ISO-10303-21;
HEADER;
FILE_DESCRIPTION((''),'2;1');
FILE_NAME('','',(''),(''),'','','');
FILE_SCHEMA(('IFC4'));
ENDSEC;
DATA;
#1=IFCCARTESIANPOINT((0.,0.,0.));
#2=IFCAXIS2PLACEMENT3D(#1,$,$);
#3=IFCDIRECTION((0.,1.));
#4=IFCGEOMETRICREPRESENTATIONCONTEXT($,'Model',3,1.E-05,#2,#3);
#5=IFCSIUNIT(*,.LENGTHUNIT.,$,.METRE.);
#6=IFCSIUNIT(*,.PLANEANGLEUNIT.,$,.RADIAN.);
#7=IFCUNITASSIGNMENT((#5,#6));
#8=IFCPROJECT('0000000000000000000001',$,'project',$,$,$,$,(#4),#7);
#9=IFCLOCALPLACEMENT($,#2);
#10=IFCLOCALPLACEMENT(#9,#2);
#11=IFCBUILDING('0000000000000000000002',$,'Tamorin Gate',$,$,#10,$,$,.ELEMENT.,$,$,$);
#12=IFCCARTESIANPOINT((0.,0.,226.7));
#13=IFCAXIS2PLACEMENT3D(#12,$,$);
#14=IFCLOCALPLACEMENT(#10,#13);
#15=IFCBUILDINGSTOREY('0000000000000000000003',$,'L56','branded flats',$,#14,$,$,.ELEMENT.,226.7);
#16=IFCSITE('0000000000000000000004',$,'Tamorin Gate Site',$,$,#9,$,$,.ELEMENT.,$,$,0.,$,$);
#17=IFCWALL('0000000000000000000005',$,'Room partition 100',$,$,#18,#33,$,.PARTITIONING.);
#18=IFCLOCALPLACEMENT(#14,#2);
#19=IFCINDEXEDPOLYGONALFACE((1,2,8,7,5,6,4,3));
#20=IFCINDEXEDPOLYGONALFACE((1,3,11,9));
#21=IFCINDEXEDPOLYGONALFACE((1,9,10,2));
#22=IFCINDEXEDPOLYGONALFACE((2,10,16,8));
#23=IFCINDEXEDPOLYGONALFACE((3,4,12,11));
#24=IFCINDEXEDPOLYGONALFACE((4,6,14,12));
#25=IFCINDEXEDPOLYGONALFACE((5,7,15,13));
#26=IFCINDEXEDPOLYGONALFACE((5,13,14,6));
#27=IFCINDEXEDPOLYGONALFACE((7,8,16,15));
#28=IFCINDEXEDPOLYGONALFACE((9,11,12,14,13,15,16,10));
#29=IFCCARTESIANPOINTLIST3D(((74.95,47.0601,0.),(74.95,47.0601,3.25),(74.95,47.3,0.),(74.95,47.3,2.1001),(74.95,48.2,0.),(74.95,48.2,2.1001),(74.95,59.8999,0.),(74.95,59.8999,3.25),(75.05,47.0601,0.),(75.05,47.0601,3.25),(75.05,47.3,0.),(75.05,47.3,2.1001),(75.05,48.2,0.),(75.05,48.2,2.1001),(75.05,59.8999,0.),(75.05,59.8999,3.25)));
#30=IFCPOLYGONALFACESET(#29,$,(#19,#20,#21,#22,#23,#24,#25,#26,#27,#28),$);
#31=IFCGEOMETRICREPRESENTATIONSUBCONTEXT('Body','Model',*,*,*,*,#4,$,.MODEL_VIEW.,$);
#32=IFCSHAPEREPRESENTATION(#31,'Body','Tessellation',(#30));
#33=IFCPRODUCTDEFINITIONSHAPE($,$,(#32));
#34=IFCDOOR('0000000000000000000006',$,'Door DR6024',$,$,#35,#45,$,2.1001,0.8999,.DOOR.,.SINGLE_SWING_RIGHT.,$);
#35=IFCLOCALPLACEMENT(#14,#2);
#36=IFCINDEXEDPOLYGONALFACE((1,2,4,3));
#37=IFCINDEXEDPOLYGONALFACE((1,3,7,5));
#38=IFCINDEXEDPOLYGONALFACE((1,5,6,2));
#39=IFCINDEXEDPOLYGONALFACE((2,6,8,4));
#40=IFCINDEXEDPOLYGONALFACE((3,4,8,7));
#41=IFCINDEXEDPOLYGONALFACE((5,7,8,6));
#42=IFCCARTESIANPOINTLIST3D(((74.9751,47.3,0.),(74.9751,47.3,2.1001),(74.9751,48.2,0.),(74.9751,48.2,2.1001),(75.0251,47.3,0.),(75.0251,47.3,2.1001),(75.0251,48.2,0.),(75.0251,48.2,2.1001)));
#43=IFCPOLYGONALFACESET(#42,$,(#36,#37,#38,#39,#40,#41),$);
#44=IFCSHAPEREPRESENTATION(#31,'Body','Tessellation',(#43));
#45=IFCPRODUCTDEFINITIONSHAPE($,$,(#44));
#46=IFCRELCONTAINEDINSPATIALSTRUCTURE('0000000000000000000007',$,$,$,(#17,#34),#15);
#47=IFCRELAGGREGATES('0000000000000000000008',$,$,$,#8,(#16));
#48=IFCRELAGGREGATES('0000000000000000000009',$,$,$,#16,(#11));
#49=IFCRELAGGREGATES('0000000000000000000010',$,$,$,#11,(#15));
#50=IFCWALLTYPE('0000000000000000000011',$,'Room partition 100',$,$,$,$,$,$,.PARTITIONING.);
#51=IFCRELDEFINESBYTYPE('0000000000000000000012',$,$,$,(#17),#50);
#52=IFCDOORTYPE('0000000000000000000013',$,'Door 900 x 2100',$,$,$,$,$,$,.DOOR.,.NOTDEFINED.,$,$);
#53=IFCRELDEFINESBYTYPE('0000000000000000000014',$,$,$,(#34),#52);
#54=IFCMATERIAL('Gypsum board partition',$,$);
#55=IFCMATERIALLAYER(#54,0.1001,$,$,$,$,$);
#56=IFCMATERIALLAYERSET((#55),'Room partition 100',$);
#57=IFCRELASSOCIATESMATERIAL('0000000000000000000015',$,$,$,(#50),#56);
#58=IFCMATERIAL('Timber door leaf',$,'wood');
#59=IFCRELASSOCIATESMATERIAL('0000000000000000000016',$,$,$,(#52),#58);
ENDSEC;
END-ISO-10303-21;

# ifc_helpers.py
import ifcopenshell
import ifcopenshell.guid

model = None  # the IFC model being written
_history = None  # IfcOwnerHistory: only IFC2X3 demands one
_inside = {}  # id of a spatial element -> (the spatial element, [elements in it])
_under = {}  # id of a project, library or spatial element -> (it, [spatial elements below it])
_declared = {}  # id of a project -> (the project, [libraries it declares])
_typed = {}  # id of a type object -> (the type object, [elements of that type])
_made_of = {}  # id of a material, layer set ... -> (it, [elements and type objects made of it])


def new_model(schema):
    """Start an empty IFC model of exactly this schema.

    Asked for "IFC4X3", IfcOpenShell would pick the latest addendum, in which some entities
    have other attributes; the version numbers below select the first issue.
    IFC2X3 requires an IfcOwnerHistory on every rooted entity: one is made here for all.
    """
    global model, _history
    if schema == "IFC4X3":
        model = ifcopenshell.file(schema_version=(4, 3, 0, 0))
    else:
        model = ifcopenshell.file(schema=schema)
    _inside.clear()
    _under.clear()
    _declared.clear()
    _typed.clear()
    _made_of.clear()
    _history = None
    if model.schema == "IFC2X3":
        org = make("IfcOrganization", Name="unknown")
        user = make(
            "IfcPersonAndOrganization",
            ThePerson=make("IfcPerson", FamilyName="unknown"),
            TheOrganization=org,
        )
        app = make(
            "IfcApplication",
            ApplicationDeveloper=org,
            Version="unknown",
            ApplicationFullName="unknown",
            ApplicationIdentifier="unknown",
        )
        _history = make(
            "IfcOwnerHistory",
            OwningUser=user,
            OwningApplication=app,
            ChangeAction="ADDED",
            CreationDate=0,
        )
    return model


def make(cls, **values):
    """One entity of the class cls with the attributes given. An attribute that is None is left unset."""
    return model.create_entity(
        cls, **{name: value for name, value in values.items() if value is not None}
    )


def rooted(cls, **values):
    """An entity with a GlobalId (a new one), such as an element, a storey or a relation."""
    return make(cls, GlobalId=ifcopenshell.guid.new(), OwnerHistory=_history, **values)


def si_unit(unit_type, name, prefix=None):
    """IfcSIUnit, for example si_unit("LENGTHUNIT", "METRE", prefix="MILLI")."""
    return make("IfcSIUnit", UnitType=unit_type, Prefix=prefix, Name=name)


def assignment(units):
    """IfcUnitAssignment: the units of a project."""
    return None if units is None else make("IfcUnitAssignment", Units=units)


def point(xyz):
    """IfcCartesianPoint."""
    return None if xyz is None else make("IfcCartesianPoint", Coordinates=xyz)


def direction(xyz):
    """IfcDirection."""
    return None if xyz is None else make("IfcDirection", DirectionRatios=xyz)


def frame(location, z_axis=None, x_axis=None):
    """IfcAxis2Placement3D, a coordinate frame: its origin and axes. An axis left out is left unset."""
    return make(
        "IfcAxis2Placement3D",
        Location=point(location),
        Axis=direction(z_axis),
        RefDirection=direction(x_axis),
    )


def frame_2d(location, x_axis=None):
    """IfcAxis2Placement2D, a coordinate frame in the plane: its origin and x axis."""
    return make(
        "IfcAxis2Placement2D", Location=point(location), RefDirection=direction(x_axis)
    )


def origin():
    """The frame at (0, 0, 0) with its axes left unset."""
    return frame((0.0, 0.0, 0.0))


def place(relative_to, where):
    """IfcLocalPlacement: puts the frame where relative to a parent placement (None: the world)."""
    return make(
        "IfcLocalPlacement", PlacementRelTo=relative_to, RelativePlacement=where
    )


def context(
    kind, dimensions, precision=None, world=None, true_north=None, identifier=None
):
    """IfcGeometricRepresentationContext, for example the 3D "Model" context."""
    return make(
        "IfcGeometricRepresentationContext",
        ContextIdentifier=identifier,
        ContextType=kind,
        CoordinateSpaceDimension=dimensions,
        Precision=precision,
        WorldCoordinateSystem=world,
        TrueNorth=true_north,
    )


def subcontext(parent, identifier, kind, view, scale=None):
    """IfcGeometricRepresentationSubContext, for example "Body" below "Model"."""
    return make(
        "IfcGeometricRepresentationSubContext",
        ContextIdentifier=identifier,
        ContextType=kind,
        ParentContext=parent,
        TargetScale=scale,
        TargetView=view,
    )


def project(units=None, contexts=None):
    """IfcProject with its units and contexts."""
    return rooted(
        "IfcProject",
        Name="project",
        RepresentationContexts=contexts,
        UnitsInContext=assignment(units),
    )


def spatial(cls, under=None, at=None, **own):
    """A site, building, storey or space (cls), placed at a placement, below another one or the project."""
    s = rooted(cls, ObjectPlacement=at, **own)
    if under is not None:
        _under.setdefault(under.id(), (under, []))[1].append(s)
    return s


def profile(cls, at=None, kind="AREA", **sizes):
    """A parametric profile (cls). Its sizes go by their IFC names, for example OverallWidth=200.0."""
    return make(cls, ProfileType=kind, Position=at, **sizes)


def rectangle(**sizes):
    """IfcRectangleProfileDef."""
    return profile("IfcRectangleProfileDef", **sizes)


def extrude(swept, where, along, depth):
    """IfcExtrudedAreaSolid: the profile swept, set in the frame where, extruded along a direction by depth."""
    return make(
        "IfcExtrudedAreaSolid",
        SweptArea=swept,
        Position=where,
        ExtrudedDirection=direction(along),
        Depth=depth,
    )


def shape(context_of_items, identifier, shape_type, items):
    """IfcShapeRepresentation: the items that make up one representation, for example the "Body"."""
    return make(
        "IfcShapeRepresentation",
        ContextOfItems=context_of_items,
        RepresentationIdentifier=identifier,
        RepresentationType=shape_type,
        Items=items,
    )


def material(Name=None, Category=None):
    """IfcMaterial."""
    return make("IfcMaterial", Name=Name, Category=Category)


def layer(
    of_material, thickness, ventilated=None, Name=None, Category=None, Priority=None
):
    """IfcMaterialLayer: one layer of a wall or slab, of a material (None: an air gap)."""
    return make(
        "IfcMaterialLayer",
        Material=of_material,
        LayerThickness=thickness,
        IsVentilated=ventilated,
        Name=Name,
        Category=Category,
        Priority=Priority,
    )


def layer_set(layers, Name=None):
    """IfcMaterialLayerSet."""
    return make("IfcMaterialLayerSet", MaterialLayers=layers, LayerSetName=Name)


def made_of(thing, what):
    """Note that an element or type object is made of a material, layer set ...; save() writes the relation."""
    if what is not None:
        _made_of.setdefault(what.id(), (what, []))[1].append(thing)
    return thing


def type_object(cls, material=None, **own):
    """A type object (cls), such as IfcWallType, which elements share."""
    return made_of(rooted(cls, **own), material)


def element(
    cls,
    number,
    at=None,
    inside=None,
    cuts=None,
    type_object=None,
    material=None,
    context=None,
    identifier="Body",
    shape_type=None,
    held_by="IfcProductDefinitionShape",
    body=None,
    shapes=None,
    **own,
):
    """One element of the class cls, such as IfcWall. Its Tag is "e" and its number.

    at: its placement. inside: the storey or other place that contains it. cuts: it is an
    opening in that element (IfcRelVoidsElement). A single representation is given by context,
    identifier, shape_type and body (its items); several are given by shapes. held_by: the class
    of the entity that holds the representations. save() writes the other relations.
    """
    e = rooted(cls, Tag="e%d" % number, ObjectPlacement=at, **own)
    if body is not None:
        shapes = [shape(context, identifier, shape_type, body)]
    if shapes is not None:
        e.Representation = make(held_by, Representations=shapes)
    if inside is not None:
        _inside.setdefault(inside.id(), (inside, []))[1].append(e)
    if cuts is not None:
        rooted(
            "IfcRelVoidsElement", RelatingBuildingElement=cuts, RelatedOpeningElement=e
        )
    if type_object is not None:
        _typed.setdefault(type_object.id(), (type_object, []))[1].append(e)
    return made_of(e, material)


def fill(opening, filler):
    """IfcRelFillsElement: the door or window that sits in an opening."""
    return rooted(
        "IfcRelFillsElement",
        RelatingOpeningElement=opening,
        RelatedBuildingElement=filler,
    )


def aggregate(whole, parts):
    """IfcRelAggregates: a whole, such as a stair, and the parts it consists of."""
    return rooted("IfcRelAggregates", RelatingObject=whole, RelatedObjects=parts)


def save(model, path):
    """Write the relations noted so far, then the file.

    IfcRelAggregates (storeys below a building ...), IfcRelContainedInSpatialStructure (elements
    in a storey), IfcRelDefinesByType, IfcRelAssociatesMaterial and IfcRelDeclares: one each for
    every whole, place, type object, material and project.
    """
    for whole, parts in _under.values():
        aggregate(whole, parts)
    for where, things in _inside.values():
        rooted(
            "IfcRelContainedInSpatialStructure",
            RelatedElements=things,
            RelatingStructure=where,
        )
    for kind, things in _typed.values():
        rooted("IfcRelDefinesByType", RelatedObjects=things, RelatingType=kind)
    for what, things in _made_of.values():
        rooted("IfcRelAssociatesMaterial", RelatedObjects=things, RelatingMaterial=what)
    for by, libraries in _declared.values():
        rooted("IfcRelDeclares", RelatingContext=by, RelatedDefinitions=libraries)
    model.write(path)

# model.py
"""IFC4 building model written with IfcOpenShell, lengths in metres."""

from ifc_helpers import new_model, si_unit, direction, frame, frame_2d, origin, place, context, subcontext, project, spatial, rectangle, extrude, material, layer, layer_set, type_object, element, fill, save


model = new_model("IFC4")

# Units and contexts
model_context = context("Model", 3, precision=1e-05, world=origin(), true_north=direction((0.0, 1.0)))
body_context = subcontext(model_context, "Body", "Model", "MODEL_VIEW")
ifc_project = project(units=[si_unit("LENGTHUNIT", "METRE"), si_unit("PLANEANGLEUNIT", "RADIAN")], contexts=[model_context])

# Site, building, storey
site_placement = place(None, origin())
site = spatial("IfcSite", under=ifc_project, at=site_placement, Name="Tamorin Gate Site", CompositionType="ELEMENT", RefElevation=0.0)
building_placement = place(site_placement, origin())
building = spatial("IfcBuilding", under=site, at=building_placement, Name="Tamorin Gate", CompositionType="ELEMENT")
storey_placement = place(building_placement, frame((0.0, 0.0, 226.7)))
storey = spatial("IfcBuildingStorey", under=building, at=storey_placement, Name="L56", Description="branded flats", CompositionType="ELEMENT", Elevation=226.7)

# Shared definitions
ifc_material_1 = material(Name="Gypsum board partition")
ifc_layer_1 = layer(ifc_material_1, 0.1001)
ifc_layer_set_1 = layer_set([ifc_layer_1], Name="Room partition 100")
wall_type_1 = type_object("IfcWallType", Name="Room partition 100", PredefinedType="PARTITIONING", material=ifc_layer_set_1)

# Wall, opening, door
wall_1_placement = place(storey_placement, frame((75.0, 47.0601, 0.0), z_axis=(0.0, 0.0, 1.0), x_axis=(0.0, 1.0, 0.0)))
wall_1 = element("IfcWall", 1, at=wall_1_placement, inside=storey, type_object=wall_type_1, Name="Room partition 100", PredefinedType="PARTITIONING", context=body_context, shape_type="SweptSolid", body=[
    extrude(rectangle(XDim=12.8398, YDim=0.1001, at=frame_2d((6.4199, 0.0))), origin(), (0.0, 0.0, 1.0), 3.25),
])
opening_1_placement = place(wall_1_placement, frame((0.24, 0.0, 0.0)))
opening_1 = element("IfcOpeningElement", 2, at=opening_1_placement, cuts=wall_1, PredefinedType="OPENING", context=body_context, shape_type="SweptSolid", body=[
    extrude(rectangle(XDim=0.8999, YDim=2.1001, at=frame_2d((0.45, 1.05))), frame((0.0, 0.0601, 0.0), z_axis=(0.0, -1.0, 0.0), x_axis=(1.0, 0.0, 0.0)), (0.0, 0.0, 1.0), 0.1201),
])
ifc_material_2 = material(Name="Timber door leaf", Category="wood")
door_type = type_object("IfcDoorType", Name="Door 900 x 2100", OperationType="NOTDEFINED", PredefinedType="DOOR", material=ifc_material_2)
door_placement = place(opening_1_placement, origin())
door = element("IfcDoor", 3, at=door_placement, inside=storey, type_object=door_type, Name="Door DR6024", OperationType="SINGLE_SWING_RIGHT", OverallHeight=2.1001, OverallWidth=0.8999, PredefinedType="DOOR", context=body_context, shape_type="SweptSolid", body=[
    extrude(rectangle(XDim=0.8999, YDim=2.1001, at=frame_2d((0.45, 1.05))), frame((0.0, 0.0249, 0.0), z_axis=(0.0, -1.0, 0.0), x_axis=(1.0, 0.0, 0.0)), (0.0, 0.0, 1.0), 0.05),
])
fill(opening_1, door)

save(model, "model.ifc")
